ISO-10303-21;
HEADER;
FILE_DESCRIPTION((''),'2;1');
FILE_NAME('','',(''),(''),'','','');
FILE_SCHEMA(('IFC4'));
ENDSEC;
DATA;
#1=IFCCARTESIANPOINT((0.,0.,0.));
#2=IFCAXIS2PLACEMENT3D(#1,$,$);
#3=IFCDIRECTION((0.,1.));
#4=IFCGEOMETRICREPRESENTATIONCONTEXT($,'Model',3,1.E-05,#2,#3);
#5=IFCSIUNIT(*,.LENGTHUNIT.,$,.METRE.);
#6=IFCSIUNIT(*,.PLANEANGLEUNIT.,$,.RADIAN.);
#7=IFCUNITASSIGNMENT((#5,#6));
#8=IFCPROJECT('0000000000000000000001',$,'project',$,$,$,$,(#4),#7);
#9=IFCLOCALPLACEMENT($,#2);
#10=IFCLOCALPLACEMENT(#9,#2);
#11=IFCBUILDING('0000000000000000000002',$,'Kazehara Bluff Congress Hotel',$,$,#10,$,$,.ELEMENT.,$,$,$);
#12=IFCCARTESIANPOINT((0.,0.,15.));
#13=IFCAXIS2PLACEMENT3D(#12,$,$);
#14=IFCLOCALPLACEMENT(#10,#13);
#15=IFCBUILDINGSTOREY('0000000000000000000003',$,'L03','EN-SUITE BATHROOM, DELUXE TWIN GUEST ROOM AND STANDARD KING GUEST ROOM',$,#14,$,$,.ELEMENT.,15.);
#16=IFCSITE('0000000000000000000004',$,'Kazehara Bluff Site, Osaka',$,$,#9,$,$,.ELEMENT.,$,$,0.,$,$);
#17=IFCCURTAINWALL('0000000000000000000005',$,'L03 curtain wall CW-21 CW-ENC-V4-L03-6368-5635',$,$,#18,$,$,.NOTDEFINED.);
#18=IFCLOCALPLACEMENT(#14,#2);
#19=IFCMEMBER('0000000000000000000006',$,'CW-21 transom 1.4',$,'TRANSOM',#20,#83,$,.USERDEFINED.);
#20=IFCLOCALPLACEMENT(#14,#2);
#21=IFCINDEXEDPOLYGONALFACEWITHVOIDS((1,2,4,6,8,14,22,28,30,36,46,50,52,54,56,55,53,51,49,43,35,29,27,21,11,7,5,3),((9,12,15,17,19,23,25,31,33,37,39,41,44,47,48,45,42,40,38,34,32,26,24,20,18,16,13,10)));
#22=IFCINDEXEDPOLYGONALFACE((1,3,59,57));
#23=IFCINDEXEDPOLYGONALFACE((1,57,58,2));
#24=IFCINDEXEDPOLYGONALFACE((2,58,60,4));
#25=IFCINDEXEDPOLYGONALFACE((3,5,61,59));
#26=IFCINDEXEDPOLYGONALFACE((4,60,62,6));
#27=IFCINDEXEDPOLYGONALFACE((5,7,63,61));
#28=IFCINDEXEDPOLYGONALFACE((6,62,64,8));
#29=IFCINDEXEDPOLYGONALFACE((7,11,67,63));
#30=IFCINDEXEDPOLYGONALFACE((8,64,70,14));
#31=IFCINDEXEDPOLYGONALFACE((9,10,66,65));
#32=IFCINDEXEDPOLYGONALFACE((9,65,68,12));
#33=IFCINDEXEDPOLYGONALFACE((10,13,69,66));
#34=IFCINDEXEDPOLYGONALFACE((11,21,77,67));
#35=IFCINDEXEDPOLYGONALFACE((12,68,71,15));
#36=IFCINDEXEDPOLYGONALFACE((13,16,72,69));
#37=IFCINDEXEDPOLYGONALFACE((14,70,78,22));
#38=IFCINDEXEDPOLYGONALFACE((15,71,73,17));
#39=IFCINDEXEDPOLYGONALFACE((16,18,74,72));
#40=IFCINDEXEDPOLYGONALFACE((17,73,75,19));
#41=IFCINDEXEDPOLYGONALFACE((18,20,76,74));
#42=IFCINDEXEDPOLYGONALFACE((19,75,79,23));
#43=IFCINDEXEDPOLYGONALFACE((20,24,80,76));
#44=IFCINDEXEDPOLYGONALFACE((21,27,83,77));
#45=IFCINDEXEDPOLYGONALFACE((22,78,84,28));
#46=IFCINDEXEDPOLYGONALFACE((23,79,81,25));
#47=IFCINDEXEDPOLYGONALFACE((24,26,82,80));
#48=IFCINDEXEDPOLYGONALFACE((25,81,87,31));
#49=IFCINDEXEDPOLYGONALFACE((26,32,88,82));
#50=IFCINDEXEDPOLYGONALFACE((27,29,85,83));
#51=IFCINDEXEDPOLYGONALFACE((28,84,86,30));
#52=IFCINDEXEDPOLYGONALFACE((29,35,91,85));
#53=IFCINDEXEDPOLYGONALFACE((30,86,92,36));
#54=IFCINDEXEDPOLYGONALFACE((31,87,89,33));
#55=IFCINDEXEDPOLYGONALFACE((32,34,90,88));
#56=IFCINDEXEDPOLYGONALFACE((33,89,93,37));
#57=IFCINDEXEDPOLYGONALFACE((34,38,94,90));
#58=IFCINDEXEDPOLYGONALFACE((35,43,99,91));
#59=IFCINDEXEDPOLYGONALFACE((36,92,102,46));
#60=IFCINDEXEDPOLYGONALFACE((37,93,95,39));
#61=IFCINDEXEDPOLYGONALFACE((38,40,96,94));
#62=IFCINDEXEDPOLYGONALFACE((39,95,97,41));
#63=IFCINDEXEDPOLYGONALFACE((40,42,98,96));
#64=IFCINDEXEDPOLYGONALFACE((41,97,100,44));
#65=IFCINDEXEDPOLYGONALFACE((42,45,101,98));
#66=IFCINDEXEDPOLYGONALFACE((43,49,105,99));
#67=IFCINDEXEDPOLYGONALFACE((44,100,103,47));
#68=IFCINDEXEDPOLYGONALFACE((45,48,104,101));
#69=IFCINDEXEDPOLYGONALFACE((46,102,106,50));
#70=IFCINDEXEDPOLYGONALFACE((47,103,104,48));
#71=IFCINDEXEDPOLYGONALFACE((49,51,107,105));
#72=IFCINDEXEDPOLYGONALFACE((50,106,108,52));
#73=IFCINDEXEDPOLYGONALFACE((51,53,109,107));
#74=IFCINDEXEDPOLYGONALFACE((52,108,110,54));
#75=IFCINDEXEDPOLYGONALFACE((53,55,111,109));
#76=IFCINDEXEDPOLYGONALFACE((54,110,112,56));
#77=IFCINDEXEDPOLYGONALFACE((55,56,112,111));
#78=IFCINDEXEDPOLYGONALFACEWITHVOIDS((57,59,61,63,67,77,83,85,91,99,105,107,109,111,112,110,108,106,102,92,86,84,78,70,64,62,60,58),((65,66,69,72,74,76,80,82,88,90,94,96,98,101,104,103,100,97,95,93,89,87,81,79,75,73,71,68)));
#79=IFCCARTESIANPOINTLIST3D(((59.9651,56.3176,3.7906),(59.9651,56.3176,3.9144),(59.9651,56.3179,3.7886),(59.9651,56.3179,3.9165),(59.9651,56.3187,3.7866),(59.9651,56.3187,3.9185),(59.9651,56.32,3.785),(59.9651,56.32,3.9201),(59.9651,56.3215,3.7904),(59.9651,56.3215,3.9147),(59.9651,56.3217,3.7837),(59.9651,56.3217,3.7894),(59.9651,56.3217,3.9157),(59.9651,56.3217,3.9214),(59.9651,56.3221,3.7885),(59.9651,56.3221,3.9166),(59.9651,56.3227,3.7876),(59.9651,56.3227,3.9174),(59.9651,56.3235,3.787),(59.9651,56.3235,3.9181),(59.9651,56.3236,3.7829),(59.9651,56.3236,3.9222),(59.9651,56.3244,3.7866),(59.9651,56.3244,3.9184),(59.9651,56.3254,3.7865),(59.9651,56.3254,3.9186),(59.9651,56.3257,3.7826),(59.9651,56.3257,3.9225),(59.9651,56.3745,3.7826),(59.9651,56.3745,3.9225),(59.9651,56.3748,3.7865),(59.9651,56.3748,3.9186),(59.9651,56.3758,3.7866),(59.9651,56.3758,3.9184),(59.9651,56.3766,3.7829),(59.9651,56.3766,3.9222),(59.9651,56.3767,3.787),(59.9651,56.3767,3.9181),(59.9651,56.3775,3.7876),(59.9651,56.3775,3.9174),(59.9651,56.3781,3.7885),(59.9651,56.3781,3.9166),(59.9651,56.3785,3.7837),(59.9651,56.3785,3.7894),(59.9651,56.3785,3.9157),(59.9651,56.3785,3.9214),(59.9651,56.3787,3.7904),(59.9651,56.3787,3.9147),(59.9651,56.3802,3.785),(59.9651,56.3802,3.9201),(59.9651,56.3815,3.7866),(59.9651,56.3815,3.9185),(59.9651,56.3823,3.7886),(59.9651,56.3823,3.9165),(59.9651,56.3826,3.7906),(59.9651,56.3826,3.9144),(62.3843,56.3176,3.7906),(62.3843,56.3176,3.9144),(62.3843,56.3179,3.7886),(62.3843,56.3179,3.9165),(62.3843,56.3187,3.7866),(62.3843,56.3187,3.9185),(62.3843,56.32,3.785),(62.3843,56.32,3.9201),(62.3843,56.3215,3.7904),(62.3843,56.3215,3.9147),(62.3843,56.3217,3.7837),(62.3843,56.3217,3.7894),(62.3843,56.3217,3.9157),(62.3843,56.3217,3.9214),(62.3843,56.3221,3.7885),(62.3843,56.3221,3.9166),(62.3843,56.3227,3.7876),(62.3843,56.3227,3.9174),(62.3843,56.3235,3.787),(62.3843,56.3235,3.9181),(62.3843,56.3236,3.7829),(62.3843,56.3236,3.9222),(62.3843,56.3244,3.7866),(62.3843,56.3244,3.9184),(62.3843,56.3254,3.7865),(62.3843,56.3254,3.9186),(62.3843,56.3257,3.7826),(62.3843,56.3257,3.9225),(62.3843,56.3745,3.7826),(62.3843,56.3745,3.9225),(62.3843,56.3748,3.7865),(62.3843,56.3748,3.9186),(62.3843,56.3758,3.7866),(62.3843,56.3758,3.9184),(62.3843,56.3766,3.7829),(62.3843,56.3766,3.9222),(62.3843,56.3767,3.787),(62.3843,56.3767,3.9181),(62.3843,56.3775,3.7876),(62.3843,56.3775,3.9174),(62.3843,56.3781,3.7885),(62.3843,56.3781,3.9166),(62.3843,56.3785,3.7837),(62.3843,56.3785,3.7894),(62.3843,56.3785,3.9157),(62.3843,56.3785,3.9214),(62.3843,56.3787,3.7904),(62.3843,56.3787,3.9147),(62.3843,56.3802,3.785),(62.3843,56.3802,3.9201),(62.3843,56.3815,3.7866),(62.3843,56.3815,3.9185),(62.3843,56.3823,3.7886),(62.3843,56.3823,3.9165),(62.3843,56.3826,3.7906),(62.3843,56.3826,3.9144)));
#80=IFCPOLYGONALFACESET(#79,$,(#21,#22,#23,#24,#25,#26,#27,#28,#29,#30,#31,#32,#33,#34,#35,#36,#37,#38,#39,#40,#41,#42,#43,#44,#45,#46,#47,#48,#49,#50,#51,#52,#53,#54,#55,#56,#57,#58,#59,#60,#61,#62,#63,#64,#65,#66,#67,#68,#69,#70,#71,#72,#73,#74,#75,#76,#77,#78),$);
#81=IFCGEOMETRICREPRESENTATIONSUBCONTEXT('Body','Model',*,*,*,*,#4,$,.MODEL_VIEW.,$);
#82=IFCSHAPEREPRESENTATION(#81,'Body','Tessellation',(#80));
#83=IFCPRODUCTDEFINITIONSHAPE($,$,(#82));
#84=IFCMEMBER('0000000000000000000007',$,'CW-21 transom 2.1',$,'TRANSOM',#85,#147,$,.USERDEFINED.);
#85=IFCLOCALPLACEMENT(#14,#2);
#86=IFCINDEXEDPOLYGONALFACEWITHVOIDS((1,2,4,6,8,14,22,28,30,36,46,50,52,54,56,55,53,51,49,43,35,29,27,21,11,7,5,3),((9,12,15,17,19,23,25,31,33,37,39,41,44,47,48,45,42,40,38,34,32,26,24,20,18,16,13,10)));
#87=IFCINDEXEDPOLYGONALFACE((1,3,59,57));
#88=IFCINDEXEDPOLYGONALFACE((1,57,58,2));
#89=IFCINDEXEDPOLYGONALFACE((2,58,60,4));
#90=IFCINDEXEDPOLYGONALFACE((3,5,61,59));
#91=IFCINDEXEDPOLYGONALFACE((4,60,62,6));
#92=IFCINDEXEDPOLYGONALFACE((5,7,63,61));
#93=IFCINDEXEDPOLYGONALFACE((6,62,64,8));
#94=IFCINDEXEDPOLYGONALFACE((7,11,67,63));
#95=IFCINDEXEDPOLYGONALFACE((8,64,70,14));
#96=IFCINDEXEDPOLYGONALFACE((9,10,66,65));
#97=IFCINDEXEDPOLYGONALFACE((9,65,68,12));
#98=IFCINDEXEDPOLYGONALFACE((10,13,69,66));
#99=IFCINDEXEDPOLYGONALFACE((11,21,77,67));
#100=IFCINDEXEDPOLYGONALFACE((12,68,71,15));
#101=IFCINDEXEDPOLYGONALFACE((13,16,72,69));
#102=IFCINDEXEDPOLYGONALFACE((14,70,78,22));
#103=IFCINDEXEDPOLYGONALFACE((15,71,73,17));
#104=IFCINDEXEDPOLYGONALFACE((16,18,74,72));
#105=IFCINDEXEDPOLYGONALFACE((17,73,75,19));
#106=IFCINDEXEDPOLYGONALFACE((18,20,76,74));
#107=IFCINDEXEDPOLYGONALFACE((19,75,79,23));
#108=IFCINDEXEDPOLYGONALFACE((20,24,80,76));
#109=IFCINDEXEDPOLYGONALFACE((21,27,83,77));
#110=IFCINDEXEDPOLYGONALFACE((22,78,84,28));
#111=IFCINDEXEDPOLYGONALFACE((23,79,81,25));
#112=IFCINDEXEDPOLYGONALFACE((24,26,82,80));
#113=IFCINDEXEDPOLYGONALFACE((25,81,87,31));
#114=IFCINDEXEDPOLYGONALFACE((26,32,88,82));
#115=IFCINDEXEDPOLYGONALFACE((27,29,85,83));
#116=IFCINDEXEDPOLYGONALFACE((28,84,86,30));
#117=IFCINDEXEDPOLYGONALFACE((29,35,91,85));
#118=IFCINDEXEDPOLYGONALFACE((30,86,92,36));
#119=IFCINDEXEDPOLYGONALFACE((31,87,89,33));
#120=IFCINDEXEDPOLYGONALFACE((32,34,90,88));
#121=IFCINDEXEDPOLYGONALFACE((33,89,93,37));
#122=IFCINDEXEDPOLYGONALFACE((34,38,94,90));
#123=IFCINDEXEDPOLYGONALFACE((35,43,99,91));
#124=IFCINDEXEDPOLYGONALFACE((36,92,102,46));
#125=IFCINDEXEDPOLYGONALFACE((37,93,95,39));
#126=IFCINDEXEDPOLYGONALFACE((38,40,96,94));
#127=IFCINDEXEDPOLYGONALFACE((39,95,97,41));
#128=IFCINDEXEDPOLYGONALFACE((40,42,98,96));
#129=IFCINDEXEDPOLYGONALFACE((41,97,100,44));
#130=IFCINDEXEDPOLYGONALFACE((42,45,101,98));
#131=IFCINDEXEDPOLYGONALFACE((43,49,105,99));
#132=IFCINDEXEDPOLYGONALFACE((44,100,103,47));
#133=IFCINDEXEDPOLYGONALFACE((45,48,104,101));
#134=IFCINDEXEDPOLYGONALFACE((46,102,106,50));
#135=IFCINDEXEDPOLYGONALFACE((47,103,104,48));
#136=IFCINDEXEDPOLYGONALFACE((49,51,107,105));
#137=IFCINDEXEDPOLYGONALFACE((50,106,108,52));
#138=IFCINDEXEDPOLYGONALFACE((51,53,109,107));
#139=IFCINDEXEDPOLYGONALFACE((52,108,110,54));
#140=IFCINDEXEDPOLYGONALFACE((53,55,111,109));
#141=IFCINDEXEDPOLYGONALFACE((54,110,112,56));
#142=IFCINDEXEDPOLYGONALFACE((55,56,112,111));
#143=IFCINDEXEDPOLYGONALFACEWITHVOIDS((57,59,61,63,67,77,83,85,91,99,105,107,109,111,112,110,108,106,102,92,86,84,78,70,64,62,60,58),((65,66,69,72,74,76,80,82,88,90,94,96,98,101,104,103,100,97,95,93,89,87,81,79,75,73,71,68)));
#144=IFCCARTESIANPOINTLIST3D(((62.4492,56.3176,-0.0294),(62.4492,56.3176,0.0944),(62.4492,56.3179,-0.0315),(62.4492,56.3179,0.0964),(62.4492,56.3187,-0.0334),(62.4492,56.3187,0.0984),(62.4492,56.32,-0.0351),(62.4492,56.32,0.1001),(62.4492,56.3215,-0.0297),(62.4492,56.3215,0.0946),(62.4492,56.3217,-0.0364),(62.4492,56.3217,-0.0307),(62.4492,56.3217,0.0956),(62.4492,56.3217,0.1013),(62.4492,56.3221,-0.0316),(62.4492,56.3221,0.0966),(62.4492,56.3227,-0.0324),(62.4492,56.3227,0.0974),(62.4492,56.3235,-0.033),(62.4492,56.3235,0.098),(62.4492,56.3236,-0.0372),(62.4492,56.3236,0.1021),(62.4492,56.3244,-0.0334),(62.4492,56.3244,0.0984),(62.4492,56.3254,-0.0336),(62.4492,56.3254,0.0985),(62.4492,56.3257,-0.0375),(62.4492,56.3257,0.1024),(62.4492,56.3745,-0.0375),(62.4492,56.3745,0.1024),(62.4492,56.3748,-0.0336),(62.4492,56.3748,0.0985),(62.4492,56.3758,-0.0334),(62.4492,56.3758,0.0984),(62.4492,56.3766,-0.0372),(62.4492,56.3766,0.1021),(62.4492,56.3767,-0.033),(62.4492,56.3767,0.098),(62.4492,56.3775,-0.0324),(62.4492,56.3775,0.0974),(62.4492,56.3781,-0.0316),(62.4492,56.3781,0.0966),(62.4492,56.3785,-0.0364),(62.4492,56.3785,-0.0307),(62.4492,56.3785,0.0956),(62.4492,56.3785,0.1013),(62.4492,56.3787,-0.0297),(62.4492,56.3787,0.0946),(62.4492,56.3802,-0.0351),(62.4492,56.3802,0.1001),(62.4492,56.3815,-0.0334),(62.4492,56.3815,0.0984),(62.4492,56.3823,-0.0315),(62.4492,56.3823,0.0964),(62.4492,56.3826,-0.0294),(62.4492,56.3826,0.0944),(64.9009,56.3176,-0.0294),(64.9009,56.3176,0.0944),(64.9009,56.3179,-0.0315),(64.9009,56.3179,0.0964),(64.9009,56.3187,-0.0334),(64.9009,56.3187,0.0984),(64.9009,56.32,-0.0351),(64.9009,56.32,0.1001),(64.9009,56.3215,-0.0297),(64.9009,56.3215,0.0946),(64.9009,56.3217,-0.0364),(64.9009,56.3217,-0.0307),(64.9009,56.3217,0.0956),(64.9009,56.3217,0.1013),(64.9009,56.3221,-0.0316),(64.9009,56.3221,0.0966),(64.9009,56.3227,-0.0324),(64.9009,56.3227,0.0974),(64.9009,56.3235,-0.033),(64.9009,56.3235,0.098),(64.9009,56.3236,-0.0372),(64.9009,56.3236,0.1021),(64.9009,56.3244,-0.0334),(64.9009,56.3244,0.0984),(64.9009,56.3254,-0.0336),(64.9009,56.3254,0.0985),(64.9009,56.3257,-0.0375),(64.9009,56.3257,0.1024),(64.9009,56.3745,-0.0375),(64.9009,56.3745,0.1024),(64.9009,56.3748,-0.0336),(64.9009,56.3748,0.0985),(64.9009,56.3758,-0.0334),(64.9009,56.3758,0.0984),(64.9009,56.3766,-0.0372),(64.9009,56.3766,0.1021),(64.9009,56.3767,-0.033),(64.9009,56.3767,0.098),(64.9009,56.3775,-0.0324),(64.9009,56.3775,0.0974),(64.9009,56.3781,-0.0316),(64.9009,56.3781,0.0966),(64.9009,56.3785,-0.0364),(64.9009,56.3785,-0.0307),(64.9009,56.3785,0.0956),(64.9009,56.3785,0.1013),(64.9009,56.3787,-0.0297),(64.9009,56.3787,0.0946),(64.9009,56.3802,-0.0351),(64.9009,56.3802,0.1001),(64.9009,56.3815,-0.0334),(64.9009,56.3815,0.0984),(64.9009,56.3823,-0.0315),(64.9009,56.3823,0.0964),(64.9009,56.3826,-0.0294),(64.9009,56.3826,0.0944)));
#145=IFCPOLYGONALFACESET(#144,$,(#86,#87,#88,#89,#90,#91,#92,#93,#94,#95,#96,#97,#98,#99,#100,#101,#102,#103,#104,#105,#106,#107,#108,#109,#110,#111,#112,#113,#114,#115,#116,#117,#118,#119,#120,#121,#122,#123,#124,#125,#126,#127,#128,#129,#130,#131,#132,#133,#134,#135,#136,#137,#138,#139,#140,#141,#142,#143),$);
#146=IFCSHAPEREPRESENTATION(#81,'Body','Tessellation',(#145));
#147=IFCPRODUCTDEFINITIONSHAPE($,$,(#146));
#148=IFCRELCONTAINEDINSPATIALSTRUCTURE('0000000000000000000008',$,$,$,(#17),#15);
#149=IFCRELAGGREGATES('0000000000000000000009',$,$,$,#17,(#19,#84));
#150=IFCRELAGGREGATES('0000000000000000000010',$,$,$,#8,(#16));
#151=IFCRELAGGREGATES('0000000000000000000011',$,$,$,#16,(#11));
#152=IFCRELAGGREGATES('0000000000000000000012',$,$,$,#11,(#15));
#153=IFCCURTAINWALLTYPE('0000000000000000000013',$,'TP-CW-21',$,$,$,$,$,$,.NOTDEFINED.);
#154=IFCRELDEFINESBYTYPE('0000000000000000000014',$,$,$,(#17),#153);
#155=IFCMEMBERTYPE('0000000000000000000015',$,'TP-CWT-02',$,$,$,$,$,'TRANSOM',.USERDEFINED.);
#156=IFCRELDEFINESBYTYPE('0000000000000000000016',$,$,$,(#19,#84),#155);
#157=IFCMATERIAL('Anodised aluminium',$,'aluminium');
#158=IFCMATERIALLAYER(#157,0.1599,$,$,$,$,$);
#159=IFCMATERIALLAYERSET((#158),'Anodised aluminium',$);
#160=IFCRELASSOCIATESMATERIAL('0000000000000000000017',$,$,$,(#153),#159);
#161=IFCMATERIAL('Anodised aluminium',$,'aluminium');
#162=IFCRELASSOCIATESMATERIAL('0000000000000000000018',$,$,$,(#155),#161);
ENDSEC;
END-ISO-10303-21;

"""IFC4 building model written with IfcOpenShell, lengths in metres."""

from ifc_helpers import new_model, si_unit, direction, frame, origin, origin_2d, place, context, subcontext, project, spatial, hollow_rectangle, extrude, material, layer, layer_set, material_profile, profile_set, type_object, element, aggregate, save


model = new_model("IFC4")

# Units and contexts
model_context = context("Model", 3, precision=1e-05, world=origin(), true_north=direction((0.0, 1.0)))
body_context = subcontext(model_context, "Body", "Model", "MODEL_VIEW")
ifc_project = project(units=[si_unit("LENGTHUNIT", "METRE"), si_unit("PLANEANGLEUNIT", "RADIAN")], contexts=[model_context])

# Site, building, storey
site_placement = place(None, origin())
site = spatial("IfcSite", under=ifc_project, at=site_placement, Name="Kazehara Bluff Site, Osaka", CompositionType="ELEMENT", RefElevation=0.0)
building_placement = place(site_placement, origin())
building = spatial("IfcBuilding", under=site, at=building_placement, Name="Kazehara Bluff Congress Hotel", CompositionType="ELEMENT")
storey_placement = place(building_placement, frame((0.0, 0.0, 15.0)))
storey = spatial("IfcBuildingStorey", under=building, at=storey_placement, Name="L03", Description="EN-SUITE BATHROOM, DELUXE TWIN GUEST ROOM AND STANDARD KING GUEST ROOM", CompositionType="ELEMENT", Elevation=15.0)

# Curtain wall, members
ifc_material_1 = material(Name="Anodised aluminium", Category="aluminium")
ifc_layer_1 = layer(ifc_material_1, 0.1599)
ifc_layer_set_1 = layer_set([ifc_layer_1], Name="Anodised aluminium")
curtain_wall_type = type_object("IfcCurtainWallType", Name="TP-CW-21", PredefinedType="NOTDEFINED", material=ifc_layer_set_1)
curtain_wall_placement = place(storey_placement, origin())
curtain_wall = element("IfcCurtainWall", 1, at=curtain_wall_placement, inside=storey, type_object=curtain_wall_type, Name="L03 curtain wall CW-21 CW-ENC-V4-L03-6368-5635", PredefinedType="NOTDEFINED")
ifc_material_2 = material(Name="Anodised aluminium", Category="aluminium")
ifc_material_profile_1 = material_profile(ifc_material_2, hollow_rectangle(XDim=0.0649, YDim=0.1399, WallThickness=0.0039, InnerFilletRadius=0.0039, OuterFilletRadius=0.0081, at=origin_2d()))
ifc_profile_set_1 = profile_set([ifc_material_profile_1], Name="Anodised aluminium")
member_type_1 = type_object("IfcMemberType", Name="TP-CWT-02", ElementType="TRANSOM", PredefinedType="USERDEFINED", material=ifc_profile_set_1)
member_1_placement = place(storey_placement, frame((59.9651, 56.3501, 3.8525), z_axis=(1.0, 0.0, 0.0), x_axis=(0.0, 1.0, 0.0)))
member_1 = element("IfcMember", 2, at=member_1_placement, type_object=member_type_1, Name="CW-21 transom 1.4", ObjectType="TRANSOM", PredefinedType="USERDEFINED", context=body_context, shape_type="SweptSolid", body=[
    extrude(hollow_rectangle(XDim=0.0649, YDim=0.1399, WallThickness=0.0039, InnerFilletRadius=0.0039, OuterFilletRadius=0.0081, at=origin_2d()), origin(), (0.0, 0.0, 1.0), 2.4192),
])
member_2_placement = place(storey_placement, frame((62.4492, 56.3501, 0.0325), z_axis=(1.0, 0.0, 0.0), x_axis=(0.0, 1.0, 0.0)))
member_2 = element("IfcMember", 3, at=member_2_placement, type_object=member_type_1, Name="CW-21 transom 2.1", ObjectType="TRANSOM", PredefinedType="USERDEFINED", context=body_context, shape_type="SweptSolid", body=[
    extrude(hollow_rectangle(XDim=0.0649, YDim=0.1399, WallThickness=0.0039, InnerFilletRadius=0.0039, OuterFilletRadius=0.0081, at=origin_2d()), origin(), (0.0, 0.0, 1.0), 2.4517),
])

aggregate(curtain_wall, [member_1, member_2])

save(model, "model.ifc")
